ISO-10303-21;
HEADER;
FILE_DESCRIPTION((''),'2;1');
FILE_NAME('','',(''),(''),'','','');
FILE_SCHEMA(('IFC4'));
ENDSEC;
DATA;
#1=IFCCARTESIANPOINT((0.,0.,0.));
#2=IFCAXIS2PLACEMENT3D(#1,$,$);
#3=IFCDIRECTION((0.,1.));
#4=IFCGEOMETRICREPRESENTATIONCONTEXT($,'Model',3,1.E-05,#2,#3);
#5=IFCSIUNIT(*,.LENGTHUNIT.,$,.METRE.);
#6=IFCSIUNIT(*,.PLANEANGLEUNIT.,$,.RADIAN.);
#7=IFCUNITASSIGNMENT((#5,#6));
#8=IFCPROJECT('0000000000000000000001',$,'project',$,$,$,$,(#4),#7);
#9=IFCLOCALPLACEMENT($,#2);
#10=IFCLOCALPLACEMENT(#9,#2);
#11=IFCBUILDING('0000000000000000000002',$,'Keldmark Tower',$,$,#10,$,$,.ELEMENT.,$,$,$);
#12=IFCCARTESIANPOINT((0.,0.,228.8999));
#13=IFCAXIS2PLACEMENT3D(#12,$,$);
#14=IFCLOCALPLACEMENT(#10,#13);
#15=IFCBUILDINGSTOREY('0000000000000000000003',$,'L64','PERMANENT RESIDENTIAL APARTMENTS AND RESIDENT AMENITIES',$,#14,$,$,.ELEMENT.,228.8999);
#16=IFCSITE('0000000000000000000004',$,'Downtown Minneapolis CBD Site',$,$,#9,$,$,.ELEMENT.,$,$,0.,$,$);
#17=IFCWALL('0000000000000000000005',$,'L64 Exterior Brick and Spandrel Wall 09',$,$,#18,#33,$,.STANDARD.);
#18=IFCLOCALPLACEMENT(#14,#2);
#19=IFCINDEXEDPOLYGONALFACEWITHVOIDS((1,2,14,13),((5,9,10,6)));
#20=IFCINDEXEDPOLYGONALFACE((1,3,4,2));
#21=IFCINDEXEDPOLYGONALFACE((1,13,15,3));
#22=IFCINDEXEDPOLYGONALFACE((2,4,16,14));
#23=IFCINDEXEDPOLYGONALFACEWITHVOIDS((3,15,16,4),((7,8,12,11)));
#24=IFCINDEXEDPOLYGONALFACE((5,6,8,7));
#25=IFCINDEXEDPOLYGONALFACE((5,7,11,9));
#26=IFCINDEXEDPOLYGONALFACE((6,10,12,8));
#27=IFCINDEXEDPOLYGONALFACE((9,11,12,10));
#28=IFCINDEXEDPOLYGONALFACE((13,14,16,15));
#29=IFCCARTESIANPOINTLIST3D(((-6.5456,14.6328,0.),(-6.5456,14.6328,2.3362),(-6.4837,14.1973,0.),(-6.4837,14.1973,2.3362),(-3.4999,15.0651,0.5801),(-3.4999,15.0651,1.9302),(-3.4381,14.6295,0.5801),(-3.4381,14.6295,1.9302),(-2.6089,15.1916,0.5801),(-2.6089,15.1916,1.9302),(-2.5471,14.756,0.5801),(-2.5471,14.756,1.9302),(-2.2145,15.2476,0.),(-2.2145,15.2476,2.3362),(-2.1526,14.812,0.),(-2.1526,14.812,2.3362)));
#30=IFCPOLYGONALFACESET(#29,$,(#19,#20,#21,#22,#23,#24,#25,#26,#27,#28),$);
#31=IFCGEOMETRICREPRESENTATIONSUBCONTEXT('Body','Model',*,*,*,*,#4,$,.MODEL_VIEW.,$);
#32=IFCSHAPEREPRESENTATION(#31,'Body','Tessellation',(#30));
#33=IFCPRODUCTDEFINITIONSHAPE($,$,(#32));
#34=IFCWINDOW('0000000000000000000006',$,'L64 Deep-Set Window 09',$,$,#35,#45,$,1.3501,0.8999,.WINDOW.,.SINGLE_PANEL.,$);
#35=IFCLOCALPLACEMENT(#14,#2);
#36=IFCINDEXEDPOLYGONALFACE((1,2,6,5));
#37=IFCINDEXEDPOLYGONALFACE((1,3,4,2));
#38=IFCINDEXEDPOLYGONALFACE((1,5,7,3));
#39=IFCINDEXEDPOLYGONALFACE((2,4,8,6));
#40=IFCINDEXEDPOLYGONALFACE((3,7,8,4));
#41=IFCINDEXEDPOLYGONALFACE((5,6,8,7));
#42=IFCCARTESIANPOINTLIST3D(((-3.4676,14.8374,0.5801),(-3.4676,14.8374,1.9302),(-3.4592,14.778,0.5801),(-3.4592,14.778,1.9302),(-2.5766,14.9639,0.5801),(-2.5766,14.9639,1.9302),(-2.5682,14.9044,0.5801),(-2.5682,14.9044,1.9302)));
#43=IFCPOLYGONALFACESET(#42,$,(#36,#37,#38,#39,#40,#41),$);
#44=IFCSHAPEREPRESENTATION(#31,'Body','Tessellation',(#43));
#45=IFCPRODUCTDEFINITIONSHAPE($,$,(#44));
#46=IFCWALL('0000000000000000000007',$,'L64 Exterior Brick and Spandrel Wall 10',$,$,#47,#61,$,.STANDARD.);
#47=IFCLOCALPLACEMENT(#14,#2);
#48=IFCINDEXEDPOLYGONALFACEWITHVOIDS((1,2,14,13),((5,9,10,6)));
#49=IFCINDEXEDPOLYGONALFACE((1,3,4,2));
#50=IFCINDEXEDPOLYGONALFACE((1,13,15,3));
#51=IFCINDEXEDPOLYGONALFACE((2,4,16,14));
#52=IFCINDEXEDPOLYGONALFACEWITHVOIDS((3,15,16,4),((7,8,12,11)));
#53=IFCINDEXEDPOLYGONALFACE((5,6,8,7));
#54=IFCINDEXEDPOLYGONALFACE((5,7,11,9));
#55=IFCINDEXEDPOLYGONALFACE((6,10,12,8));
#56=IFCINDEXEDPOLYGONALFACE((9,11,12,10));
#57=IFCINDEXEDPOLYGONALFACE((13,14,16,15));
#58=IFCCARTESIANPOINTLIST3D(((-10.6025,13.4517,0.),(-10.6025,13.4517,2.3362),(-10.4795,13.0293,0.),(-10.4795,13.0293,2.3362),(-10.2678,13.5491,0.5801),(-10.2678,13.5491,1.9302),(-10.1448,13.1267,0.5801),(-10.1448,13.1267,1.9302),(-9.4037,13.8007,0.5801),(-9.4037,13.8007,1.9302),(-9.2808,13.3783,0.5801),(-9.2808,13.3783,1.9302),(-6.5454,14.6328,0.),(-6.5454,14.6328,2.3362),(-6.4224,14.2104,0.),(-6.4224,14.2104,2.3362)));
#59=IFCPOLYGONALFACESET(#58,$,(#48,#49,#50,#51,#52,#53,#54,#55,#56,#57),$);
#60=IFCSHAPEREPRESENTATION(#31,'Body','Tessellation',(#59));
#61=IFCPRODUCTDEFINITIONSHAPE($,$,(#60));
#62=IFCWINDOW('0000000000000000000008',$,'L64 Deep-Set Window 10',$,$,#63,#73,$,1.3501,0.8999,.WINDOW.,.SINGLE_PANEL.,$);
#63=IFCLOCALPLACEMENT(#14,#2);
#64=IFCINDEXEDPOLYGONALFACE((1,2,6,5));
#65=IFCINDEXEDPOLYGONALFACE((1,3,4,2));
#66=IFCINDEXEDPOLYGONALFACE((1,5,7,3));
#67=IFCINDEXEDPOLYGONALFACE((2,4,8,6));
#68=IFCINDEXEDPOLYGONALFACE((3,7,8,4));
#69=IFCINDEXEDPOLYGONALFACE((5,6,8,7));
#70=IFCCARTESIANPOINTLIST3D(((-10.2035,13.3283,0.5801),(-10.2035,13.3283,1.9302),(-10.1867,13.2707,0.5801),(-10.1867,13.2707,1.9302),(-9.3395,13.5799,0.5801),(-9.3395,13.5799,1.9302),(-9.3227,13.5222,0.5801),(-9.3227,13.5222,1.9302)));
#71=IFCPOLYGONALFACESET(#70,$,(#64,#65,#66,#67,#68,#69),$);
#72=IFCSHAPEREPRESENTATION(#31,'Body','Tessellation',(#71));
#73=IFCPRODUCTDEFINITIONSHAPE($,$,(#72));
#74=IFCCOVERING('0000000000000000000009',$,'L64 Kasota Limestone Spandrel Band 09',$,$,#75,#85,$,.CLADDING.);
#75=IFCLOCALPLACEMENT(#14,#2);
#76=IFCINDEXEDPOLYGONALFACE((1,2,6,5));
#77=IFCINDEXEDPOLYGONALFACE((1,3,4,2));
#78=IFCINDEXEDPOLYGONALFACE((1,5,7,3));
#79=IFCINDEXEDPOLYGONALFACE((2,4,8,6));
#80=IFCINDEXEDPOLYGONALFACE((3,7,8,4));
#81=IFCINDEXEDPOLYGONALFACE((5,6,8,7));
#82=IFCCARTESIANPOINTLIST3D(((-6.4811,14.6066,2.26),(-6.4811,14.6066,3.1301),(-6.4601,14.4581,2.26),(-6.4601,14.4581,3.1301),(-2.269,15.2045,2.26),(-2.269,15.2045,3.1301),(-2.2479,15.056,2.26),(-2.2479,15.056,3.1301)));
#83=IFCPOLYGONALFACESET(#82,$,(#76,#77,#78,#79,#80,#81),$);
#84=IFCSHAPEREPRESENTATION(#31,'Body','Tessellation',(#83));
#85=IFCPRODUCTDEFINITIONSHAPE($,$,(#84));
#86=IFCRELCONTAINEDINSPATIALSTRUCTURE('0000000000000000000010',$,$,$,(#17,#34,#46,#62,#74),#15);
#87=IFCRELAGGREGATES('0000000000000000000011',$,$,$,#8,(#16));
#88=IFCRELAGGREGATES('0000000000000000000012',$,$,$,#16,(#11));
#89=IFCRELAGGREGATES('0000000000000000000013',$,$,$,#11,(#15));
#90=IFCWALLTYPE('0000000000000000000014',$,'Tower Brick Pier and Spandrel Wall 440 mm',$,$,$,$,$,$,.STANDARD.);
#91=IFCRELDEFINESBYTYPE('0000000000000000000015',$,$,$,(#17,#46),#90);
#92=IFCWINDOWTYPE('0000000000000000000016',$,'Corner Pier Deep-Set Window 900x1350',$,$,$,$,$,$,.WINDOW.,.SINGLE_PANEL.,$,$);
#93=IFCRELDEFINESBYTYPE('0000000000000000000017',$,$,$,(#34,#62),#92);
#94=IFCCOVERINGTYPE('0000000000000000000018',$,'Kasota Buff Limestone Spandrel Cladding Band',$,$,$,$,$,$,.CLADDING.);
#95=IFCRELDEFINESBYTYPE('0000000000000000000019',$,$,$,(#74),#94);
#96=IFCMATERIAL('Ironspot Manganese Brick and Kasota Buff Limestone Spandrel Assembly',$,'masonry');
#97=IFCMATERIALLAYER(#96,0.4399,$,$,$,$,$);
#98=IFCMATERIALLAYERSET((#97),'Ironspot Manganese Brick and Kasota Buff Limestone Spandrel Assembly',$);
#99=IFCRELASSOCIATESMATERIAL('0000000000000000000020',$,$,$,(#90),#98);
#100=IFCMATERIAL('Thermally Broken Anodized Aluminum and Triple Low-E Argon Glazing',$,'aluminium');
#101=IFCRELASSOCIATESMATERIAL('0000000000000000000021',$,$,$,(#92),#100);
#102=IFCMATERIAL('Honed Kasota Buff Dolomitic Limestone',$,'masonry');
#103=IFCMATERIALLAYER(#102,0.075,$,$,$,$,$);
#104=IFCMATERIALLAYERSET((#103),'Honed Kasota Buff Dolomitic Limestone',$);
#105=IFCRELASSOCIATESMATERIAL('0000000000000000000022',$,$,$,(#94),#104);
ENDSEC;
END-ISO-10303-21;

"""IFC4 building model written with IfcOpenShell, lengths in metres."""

from ifc_helpers import new_model, si_unit, direction, frame, frame_2d, origin, origin_2d, place, context, subcontext, project, spatial, rectangle, extrude, material, layer, layer_set, type_object, element, fill, save


model = new_model("IFC4")

# Units and contexts
model_context = context("Model", 3, precision=1e-05, world=origin(), true_north=direction((0.0, 1.0)))
body_context = subcontext(model_context, "Body", "Model", "MODEL_VIEW")
ifc_project = project(units=[si_unit("LENGTHUNIT", "METRE"), si_unit("PLANEANGLEUNIT", "RADIAN")], contexts=[model_context])

# Site, building, storey
site_placement = place(None, origin())
site = spatial("IfcSite", under=ifc_project, at=site_placement, Name="Downtown Minneapolis CBD Site", CompositionType="ELEMENT", RefElevation=0.0)
building_placement = place(site_placement, origin())
building = spatial("IfcBuilding", under=site, at=building_placement, Name="Keldmark Tower", CompositionType="ELEMENT")
storey_placement = place(building_placement, frame((0.0, 0.0, 228.8999)))
storey = spatial("IfcBuildingStorey", under=building, at=storey_placement, Name="L64", Description="PERMANENT RESIDENTIAL APARTMENTS AND RESIDENT AMENITIES", CompositionType="ELEMENT", Elevation=228.8999)

# Walls, openings, windows
ifc_material_1 = material(Name="Ironspot Manganese Brick and Kasota Buff Limestone Spandrel Assembly", Category="masonry")
ifc_layer_1 = layer(ifc_material_1, 0.4399)
ifc_layer_set_1 = layer_set([ifc_layer_1], Name="Ironspot Manganese Brick and Kasota Buff Limestone Spandrel Assembly")
wall_type_1 = type_object("IfcWallType", Name="Tower Brick Pier and Spandrel Wall 440 mm", PredefinedType="STANDARD", material=ifc_layer_set_1)
ifc_material_2 = material(Name="Thermally Broken Anodized Aluminum and Triple Low-E Argon Glazing", Category="aluminium")
window_type = type_object("IfcWindowType", Name="Corner Pier Deep-Set Window 900x1350", PartitioningType="SINGLE_PANEL", PredefinedType="WINDOW", material=ifc_material_2)
wall_1_placement = place(storey_placement, frame((-6.5146, 14.415, 0.0), z_axis=(0.0, 0.0, 1.0), x_axis=(0.990076, 0.140531, 0.0)))
wall_1 = element("IfcWall", 1, at=wall_1_placement, inside=storey, type_object=wall_type_1, Name="L64 Exterior Brick and Spandrel Wall 09", PredefinedType="STANDARD", context=body_context, shape_type="SweptSolid", body=[
    extrude(rectangle(XDim=4.3745, YDim=0.4399, at=frame_2d((2.1873, 0.0))), origin(), (0.0, 0.0, 1.0), 2.3362),
])
opening_1_placement = place(wall_1_placement, frame((3.0762, 0.0, 0.5801)))
opening_1 = element("IfcOpeningElement", 2, at=opening_1_placement, cuts=wall_1, PredefinedType="OPENING", context=body_context, shape_type="SweptSolid", body=[
    extrude(rectangle(XDim=0.8999, YDim=1.3501, at=frame_2d((0.45, 0.675))), frame((0.0, 0.23, 0.0), z_axis=(0.0, -1.0, 0.0), x_axis=(1.0, 0.0, 0.0)), (0.0, 0.0, 1.0), 0.46),
])
window_1_placement = place(opening_1_placement, origin())
window_1 = element("IfcWindow", 3, at=window_1_placement, inside=storey, type_object=window_type, Name="L64 Deep-Set Window 09", OverallHeight=1.3501, OverallWidth=0.8999, PartitioningType="SINGLE_PANEL", PredefinedType="WINDOW", context=body_context, shape_type="SweptSolid", body=[
    extrude(rectangle(XDim=0.8999, YDim=1.3501, at=frame_2d((0.45, 0.675))), frame((0.0, -0.01, 0.0), z_axis=(0.0, -1.0, 0.0), x_axis=(1.0, 0.0, 0.0)), (0.0, 0.0, 1.0), 0.0601),
])
fill(opening_1, window_1)
wall_2_placement = place(storey_placement, frame((-10.541, 13.2405, 0.0), z_axis=(0.0, 0.0, 1.0), x_axis=(0.960138, 0.279525, 0.0)))
wall_2 = element("IfcWall", 4, at=wall_2_placement, inside=storey, type_object=wall_type_1, Name="L64 Exterior Brick and Spandrel Wall 10", PredefinedType="STANDARD", context=body_context, shape_type="SweptSolid", body=[
    extrude(rectangle(XDim=4.2256, YDim=0.4399, at=frame_2d((2.1128, 0.0))), origin(), (0.0, 0.0, 1.0), 2.3362),
])
opening_2_placement = place(wall_2_placement, frame((0.3486, 0.0, 0.5801)))
opening_2 = element("IfcOpeningElement", 5, at=opening_2_placement, cuts=wall_2, PredefinedType="OPENING", context=body_context, shape_type="SweptSolid", body=[
    extrude(rectangle(XDim=0.8999, YDim=1.3501, at=frame_2d((0.45, 0.675))), frame((0.0, 0.23, 0.0), z_axis=(0.0, -1.0, 0.0), x_axis=(1.0, 0.0, 0.0)), (0.0, 0.0, 1.0), 0.46),
])
window_2_placement = place(opening_2_placement, origin())
window_2 = element("IfcWindow", 6, at=window_2_placement, inside=storey, type_object=window_type, Name="L64 Deep-Set Window 10", OverallHeight=1.3501, OverallWidth=0.8999, PartitioningType="SINGLE_PANEL", PredefinedType="WINDOW", context=body_context, shape_type="SweptSolid", body=[
    extrude(rectangle(XDim=0.8999, YDim=1.3501, at=frame_2d((0.45, 0.675))), frame((0.0, -0.01, 0.0), z_axis=(0.0, -1.0, 0.0), x_axis=(1.0, 0.0, 0.0)), (0.0, 0.0, 1.0), 0.0601),
])
fill(opening_2, window_2)

# Covering
ifc_material_3 = material(Name="Honed Kasota Buff Dolomitic Limestone", Category="masonry")
ifc_layer_2 = layer(ifc_material_3, 0.075)
ifc_layer_set_2 = layer_set([ifc_layer_2], Name="Honed Kasota Buff Dolomitic Limestone")
covering_type = type_object("IfcCoveringType", Name="Kasota Buff Limestone Spandrel Cladding Band", PredefinedType="CLADDING", material=ifc_layer_set_2)
covering_placement = place(storey_placement, frame((-4.3645, 14.8313, 2.26), z_axis=(0.0, 0.0, 1.0), x_axis=(-0.990075, -0.140538, 0.0)))
element("IfcCovering", 7, at=covering_placement, inside=storey, type_object=covering_type, Name="L64 Kasota Limestone Spandrel Band 09", PredefinedType="CLADDING", context=body_context, shape_type="SweptSolid", body=[
    extrude(rectangle(XDim=4.2544, YDim=0.1499, at=origin_2d()), origin(), (0.0, 0.0, 1.0), 0.8701),
])

save(model, "model.ifc")
